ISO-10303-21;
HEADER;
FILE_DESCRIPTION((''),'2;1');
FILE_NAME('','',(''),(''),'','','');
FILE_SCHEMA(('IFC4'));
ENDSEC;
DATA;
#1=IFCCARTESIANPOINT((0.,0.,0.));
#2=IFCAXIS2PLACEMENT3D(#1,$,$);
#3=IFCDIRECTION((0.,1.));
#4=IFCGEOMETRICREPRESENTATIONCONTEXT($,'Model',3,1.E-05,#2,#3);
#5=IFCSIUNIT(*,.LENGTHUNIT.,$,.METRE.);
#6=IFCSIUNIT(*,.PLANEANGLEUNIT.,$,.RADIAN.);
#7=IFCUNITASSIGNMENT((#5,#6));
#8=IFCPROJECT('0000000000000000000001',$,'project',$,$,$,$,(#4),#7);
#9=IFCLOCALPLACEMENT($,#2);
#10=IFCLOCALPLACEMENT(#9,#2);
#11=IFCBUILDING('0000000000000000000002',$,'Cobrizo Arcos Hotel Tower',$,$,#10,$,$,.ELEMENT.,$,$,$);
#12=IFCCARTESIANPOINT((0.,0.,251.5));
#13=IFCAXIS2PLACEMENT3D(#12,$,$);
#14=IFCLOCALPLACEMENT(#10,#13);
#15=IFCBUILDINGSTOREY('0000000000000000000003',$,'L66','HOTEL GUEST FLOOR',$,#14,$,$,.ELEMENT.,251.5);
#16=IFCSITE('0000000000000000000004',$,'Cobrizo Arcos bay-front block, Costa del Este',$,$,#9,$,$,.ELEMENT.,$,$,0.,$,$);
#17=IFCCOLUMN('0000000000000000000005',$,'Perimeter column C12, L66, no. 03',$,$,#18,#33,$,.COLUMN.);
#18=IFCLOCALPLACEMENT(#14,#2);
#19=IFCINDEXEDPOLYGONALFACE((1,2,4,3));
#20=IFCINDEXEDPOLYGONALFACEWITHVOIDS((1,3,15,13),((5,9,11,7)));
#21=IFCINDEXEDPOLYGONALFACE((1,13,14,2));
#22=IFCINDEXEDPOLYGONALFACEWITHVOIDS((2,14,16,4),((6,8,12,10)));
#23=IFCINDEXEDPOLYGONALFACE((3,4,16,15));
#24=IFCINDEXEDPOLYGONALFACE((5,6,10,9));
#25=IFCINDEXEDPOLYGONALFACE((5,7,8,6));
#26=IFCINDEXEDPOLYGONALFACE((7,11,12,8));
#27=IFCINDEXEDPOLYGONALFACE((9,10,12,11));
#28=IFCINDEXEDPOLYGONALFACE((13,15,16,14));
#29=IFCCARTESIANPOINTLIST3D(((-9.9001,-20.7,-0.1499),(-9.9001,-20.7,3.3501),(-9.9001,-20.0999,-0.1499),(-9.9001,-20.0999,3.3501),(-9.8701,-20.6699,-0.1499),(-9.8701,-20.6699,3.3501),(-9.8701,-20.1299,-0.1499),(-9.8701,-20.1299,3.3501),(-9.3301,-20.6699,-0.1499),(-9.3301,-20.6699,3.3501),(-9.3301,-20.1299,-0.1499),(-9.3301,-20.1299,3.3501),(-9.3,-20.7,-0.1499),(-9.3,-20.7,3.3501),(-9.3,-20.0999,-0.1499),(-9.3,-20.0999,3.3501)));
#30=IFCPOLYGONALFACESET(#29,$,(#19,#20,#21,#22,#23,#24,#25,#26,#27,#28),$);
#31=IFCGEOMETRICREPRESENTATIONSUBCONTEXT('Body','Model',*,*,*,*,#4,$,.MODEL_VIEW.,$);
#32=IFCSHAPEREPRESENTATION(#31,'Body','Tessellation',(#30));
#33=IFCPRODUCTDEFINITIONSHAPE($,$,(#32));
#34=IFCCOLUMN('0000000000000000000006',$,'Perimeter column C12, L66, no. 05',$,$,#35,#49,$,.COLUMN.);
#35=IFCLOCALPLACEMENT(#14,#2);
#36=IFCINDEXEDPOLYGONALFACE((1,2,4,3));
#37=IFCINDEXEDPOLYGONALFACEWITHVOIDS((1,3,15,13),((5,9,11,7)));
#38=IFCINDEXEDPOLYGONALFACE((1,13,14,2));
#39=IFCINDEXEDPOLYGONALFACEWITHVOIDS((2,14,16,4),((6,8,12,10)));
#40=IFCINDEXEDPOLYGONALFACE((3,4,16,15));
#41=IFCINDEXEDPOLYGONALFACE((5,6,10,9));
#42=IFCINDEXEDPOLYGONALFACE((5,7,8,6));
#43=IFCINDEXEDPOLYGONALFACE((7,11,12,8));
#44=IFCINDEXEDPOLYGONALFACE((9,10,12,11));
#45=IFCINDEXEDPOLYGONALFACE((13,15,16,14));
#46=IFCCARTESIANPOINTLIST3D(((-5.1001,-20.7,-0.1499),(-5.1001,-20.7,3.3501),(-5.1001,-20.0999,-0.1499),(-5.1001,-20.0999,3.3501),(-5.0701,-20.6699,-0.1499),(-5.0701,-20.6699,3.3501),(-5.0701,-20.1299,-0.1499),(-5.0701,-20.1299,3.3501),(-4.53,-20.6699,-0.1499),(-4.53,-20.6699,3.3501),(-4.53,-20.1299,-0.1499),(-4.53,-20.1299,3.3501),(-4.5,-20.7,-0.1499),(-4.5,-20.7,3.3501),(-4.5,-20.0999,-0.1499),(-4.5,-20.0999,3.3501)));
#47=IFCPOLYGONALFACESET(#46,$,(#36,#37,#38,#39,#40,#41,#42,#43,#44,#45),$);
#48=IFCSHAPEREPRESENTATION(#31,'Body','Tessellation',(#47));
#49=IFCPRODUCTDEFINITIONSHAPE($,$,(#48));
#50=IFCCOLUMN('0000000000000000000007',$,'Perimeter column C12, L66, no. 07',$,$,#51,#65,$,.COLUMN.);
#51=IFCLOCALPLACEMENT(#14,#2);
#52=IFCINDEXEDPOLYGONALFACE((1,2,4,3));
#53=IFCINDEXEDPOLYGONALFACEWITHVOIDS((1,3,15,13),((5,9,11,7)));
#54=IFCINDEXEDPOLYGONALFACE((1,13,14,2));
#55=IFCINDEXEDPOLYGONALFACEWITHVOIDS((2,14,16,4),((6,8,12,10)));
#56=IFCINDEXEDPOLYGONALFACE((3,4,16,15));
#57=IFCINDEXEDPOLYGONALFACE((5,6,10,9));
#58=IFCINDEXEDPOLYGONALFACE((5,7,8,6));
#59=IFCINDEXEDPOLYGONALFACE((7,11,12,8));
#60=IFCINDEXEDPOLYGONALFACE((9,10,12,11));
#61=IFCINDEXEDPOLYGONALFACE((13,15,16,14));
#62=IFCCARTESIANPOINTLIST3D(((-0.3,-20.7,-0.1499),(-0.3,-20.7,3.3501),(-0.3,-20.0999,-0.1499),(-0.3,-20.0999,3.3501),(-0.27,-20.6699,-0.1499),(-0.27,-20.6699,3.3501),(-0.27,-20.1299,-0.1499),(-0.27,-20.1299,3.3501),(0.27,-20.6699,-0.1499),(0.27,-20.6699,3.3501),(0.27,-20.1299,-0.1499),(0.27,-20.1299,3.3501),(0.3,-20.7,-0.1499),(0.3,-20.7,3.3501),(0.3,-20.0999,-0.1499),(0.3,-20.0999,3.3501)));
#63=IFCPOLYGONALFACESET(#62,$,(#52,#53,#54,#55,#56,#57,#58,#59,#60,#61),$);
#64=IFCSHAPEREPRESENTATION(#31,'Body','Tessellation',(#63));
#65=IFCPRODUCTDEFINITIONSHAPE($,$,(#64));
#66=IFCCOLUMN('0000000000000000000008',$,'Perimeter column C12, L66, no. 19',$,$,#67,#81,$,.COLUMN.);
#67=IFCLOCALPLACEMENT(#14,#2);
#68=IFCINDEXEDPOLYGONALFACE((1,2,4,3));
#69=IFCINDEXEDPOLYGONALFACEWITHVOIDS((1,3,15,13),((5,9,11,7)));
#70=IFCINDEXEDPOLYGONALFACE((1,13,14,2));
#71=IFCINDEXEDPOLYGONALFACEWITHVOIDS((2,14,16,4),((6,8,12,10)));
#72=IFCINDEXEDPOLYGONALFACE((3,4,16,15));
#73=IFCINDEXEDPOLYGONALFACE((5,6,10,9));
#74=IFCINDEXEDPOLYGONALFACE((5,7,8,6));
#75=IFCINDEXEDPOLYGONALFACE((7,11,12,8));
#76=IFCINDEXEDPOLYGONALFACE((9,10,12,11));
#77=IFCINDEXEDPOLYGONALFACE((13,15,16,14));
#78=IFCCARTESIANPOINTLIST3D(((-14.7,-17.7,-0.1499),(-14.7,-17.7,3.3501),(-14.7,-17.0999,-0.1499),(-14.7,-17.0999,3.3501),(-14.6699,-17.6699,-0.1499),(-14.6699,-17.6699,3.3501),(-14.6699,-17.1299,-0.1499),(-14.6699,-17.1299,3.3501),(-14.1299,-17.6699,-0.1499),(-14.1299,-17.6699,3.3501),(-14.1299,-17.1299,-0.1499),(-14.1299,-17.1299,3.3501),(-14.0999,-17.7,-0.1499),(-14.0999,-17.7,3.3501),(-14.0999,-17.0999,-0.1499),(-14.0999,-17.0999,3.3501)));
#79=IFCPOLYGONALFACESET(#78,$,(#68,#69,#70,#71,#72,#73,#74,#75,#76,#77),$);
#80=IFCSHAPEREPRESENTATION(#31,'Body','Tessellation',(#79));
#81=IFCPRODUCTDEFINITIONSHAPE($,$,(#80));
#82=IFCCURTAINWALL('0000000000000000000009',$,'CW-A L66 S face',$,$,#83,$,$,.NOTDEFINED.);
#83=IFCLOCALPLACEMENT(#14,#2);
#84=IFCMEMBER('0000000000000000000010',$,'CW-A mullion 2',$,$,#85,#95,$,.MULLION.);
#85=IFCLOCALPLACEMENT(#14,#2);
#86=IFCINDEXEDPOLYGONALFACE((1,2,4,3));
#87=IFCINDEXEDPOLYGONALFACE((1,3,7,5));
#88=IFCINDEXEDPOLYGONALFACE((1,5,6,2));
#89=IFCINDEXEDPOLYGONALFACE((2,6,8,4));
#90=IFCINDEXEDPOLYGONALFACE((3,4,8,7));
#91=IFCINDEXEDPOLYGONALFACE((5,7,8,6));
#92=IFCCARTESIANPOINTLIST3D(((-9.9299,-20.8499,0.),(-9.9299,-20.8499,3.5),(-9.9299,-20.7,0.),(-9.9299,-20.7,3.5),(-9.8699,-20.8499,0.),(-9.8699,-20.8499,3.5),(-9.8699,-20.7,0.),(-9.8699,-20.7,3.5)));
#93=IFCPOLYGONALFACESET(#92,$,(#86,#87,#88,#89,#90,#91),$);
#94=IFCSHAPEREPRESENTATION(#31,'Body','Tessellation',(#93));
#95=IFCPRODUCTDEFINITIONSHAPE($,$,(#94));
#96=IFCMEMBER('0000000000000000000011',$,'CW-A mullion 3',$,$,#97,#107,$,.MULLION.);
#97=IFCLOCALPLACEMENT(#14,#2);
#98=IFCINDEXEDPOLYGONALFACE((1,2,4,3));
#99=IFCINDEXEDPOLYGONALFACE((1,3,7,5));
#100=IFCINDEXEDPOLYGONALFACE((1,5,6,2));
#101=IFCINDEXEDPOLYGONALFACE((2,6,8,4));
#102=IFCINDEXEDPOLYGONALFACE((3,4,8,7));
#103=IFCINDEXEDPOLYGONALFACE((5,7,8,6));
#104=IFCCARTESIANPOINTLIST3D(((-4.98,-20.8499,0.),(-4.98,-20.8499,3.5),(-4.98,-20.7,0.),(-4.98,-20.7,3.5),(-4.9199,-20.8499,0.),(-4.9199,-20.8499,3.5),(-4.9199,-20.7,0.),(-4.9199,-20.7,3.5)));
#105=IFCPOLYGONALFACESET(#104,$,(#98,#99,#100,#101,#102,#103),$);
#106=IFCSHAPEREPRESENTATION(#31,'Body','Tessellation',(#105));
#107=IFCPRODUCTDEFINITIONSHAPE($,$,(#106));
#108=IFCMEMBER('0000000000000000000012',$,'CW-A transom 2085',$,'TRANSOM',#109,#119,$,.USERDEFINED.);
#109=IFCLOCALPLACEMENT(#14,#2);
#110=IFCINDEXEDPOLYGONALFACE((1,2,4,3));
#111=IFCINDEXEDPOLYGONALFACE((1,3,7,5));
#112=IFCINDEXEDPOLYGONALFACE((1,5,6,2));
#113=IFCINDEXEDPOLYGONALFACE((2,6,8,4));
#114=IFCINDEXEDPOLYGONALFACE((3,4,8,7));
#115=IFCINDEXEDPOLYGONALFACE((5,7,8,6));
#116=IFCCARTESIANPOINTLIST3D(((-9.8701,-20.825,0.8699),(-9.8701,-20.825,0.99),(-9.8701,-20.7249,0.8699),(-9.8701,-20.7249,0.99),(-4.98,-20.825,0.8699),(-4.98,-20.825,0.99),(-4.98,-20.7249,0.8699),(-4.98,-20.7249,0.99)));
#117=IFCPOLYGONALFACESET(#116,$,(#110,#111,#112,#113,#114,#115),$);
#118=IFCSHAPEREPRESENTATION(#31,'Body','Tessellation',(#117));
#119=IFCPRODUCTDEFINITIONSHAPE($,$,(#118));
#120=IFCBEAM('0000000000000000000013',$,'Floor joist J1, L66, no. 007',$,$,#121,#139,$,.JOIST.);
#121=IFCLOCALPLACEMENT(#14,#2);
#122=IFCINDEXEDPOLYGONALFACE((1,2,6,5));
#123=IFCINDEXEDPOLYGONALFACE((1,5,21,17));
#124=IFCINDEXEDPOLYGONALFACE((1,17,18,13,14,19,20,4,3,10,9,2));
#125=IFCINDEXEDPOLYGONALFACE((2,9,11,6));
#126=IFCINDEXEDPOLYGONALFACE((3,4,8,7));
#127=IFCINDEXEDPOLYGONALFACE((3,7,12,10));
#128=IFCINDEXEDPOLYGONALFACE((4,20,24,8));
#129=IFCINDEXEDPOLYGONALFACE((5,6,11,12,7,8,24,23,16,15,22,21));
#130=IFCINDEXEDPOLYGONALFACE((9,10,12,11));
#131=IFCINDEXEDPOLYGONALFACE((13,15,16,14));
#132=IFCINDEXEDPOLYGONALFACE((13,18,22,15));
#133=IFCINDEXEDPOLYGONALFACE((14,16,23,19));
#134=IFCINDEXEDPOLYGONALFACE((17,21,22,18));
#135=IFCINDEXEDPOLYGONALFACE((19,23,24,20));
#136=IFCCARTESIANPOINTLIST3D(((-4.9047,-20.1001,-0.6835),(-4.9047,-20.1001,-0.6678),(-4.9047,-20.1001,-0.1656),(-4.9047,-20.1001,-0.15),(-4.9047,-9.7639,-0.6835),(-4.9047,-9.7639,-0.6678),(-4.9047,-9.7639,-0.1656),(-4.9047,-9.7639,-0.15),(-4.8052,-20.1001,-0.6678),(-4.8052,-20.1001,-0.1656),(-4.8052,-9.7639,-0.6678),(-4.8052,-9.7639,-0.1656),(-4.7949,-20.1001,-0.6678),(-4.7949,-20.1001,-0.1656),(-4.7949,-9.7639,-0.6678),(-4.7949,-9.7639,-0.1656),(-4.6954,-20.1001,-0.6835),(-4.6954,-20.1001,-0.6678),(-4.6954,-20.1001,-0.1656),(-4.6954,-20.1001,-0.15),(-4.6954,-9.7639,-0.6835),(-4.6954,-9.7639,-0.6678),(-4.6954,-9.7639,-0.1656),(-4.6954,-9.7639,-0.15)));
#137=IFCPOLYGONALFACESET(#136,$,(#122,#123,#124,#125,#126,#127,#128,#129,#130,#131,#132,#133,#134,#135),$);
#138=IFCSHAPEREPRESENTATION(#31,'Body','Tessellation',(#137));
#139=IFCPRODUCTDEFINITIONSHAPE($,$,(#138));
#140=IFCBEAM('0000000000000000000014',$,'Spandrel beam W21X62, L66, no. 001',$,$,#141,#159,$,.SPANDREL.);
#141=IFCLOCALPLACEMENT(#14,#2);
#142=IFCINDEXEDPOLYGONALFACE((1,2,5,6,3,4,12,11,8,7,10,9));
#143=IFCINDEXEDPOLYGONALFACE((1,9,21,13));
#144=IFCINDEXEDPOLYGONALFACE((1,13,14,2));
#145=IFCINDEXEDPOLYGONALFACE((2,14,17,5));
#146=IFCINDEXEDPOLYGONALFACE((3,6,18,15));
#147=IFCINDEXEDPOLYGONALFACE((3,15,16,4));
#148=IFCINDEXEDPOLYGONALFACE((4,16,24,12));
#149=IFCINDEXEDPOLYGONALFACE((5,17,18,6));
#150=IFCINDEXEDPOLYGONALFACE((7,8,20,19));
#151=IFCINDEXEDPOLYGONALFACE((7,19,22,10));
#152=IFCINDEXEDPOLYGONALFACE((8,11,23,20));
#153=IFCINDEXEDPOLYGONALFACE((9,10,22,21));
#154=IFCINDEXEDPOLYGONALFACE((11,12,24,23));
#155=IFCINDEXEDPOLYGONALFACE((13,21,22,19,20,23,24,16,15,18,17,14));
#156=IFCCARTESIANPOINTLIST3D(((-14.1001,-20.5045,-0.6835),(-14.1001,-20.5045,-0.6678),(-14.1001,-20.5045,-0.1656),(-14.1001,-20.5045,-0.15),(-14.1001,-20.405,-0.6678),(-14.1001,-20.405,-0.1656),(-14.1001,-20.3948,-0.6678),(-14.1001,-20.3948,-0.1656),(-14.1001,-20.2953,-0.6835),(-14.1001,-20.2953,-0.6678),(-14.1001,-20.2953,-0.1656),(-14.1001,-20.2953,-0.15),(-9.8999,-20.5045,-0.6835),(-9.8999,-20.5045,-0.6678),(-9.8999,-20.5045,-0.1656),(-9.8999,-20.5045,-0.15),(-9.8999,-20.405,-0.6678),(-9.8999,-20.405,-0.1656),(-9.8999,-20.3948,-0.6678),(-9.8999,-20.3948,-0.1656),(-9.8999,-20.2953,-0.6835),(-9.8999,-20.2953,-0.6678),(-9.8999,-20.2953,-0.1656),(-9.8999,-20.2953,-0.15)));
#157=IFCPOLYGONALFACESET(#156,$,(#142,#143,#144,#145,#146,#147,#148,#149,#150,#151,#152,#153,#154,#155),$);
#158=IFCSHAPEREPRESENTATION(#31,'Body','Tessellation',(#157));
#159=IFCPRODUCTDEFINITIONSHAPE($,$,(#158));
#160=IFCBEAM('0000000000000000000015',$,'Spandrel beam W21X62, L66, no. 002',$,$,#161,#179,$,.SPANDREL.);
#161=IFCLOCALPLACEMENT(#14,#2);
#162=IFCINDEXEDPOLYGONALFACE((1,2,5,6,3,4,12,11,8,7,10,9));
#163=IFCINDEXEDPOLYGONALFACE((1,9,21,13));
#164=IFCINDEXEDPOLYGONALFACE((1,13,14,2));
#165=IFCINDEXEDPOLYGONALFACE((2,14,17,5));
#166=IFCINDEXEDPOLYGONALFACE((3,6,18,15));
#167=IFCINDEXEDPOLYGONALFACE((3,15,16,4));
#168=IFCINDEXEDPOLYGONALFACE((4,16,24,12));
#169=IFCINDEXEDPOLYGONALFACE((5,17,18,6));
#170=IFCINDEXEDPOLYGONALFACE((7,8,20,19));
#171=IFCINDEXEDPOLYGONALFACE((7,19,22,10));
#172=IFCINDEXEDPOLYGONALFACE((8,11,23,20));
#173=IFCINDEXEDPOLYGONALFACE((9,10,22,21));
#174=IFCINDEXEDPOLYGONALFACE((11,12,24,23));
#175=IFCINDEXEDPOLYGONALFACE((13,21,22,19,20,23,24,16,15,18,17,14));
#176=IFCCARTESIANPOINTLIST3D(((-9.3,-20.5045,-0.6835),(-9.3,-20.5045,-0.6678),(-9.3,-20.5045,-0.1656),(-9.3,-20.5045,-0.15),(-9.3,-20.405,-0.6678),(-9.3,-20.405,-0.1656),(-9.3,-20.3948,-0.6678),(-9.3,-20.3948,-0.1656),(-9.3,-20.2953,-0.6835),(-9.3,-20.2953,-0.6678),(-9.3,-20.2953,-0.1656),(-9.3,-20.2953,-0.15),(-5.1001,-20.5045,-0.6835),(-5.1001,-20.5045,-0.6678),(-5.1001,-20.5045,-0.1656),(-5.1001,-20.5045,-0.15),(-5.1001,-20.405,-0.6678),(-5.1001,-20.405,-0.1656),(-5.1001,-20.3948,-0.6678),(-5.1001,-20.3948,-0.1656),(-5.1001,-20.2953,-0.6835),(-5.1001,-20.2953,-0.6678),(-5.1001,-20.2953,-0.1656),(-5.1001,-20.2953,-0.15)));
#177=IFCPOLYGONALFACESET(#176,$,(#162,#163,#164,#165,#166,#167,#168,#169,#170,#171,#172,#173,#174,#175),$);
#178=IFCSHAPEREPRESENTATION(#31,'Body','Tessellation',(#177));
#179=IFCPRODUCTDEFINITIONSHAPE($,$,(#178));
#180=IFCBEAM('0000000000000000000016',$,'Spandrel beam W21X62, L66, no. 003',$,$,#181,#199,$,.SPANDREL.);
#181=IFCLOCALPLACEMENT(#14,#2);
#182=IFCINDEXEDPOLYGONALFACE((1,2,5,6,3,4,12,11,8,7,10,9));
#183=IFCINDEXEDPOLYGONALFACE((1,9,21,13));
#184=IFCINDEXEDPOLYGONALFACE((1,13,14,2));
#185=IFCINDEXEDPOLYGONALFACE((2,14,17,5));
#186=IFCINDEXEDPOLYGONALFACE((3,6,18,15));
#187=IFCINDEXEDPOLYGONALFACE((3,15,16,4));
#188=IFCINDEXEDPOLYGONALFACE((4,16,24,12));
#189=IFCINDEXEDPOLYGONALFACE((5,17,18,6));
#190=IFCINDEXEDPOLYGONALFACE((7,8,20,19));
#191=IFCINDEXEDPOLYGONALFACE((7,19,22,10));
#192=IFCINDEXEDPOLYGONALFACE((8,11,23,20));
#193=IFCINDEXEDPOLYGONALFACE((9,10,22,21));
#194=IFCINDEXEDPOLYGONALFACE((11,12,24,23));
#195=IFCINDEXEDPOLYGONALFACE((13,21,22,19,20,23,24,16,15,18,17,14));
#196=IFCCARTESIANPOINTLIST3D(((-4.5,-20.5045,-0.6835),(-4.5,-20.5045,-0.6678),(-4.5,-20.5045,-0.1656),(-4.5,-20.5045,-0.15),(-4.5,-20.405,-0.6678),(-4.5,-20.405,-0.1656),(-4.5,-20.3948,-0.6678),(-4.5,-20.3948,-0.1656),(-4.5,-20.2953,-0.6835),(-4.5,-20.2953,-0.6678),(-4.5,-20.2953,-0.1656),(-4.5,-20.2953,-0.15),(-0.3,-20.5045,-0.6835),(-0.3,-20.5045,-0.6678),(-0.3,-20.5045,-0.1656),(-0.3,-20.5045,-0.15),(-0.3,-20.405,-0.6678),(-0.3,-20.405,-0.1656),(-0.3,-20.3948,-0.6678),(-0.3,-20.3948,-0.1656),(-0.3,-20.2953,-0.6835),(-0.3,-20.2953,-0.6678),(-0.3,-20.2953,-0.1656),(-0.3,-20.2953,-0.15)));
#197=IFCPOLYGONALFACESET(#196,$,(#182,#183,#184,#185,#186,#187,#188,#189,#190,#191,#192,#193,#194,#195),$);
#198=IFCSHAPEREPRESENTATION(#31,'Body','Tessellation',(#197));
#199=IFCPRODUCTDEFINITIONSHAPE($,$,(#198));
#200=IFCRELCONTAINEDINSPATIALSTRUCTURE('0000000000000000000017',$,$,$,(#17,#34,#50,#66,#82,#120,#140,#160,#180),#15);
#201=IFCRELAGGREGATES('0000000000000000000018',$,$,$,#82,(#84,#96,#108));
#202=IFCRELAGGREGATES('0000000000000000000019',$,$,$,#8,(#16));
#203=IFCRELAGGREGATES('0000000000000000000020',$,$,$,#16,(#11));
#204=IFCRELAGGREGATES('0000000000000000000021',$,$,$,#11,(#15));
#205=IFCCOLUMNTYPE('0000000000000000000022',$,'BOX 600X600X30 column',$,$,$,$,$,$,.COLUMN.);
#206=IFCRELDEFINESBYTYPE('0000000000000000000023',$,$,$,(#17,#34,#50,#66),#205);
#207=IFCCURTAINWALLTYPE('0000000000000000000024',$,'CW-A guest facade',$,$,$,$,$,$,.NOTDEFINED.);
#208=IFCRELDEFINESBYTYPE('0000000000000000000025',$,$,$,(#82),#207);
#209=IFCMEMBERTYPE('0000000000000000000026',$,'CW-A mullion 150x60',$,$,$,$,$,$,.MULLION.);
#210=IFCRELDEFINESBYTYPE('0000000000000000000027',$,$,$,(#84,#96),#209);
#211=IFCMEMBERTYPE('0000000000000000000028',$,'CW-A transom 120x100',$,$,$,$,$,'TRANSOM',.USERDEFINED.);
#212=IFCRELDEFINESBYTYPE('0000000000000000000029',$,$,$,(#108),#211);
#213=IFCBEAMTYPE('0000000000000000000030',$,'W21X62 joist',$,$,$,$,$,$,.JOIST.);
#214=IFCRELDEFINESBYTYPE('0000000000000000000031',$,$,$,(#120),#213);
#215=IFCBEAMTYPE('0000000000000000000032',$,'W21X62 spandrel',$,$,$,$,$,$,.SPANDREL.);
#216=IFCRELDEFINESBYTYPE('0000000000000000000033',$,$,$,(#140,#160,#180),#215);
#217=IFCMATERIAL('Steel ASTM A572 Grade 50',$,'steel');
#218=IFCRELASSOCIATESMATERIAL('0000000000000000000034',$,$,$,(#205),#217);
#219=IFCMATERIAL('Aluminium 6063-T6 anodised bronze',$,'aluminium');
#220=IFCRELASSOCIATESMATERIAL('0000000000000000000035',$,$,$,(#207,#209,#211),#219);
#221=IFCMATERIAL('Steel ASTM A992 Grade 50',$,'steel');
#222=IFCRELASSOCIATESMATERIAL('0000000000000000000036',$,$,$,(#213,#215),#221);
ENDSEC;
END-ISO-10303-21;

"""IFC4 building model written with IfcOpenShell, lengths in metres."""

from ifc_helpers import new_model, si_unit, direction, frame, origin, origin_2d, place, context, subcontext, project, spatial, rectangle, hollow_rectangle, i_section, extrude, material, material_profile, profile_set, type_object, element, aggregate, save


model = new_model("IFC4")

# Units and contexts
model_context = context("Model", 3, precision=1e-05, world=origin(), true_north=direction((0.0, 1.0)))
body_context = subcontext(model_context, "Body", "Model", "MODEL_VIEW")
ifc_project = project(units=[si_unit("LENGTHUNIT", "METRE"), si_unit("PLANEANGLEUNIT", "RADIAN")], contexts=[model_context])

# Site, building, storey
site_placement = place(None, origin())
site = spatial("IfcSite", under=ifc_project, at=site_placement, Name="Cobrizo Arcos bay-front block, Costa del Este", CompositionType="ELEMENT", RefElevation=0.0)
building_placement = place(site_placement, origin())
building = spatial("IfcBuilding", under=site, at=building_placement, Name="Cobrizo Arcos Hotel Tower", CompositionType="ELEMENT")
storey_placement = place(building_placement, frame((0.0, 0.0, 251.5)))
storey = spatial("IfcBuildingStorey", under=building, at=storey_placement, Name="L66", Description="HOTEL GUEST FLOOR", CompositionType="ELEMENT", Elevation=251.5)

# Columns
ifc_material_1 = material(Name="Steel ASTM A572 Grade 50", Category="steel")
ifc_material_profile_1 = material_profile(ifc_material_1, hollow_rectangle(XDim=0.6001, YDim=0.6001, WallThickness=0.03, at=origin_2d()), Name="BOX 600X600X30")
ifc_profile_set_1 = profile_set([ifc_material_profile_1], Name="Steel ASTM A572 Grade 50")
column_type = type_object("IfcColumnType", Name="BOX 600X600X30 column", PredefinedType="COLUMN", material=ifc_profile_set_1)
for number, where, z_axis, x_axis, name in (
    (1, (-9.6001, -20.3999, -0.1499), (0.0, 0.0, 1.0), (1.0, 0.0, 0.0), "Perimeter column C12, L66, no. 03"),
    (2, (-4.8, -20.3999, -0.1499), (0.0, 0.0, 1.0), (1.0, 0.0, 0.0), "Perimeter column C12, L66, no. 05"),
    (3, (0.0, -20.3999, -0.1499), (0.0, 0.0, 1.0), (1.0, 0.0, 0.0), "Perimeter column C12, L66, no. 07"),
    (4, (-14.3999, -17.3999, -0.1499), (0.0, 0.0, 1.0), (1.0, 0.0, 0.0), "Perimeter column C12, L66, no. 19"),
):
    element("IfcColumn", number, at=place(storey_placement, frame(where, z_axis=z_axis, x_axis=x_axis)), inside=storey, type_object=column_type, Name=name, PredefinedType="COLUMN", context=body_context, shape_type="SweptSolid", body=[
        extrude(hollow_rectangle(XDim=0.6001, YDim=0.6001, WallThickness=0.03, at=origin_2d()), origin(), (0.0, 0.0, 1.0), 3.5),
    ])

# Curtain wall, members
ifc_material_2 = material(Name="Aluminium 6063-T6 anodised bronze", Category="aluminium")
curtain_wall_type = type_object("IfcCurtainWallType", Name="CW-A guest facade", PredefinedType="NOTDEFINED", material=ifc_material_2)
curtain_wall_placement = place(storey_placement, origin())
curtain_wall = element("IfcCurtainWall", 5, at=curtain_wall_placement, inside=storey, type_object=curtain_wall_type, Name="CW-A L66 S face", PredefinedType="NOTDEFINED")
ifc_material_profile_2 = material_profile(ifc_material_2, rectangle(XDim=0.1499, YDim=0.0601, at=origin_2d()), Name="CW-A mullion 150x60")
ifc_profile_set_2 = profile_set([ifc_material_profile_2], Name="Aluminium 6063-T6 anodised bronze")
member_type_1 = type_object("IfcMemberType", Name="CW-A mullion 150x60", PredefinedType="MULLION", material=ifc_profile_set_2)
member_1_placement = place(storey_placement, frame((-9.8999, -20.7749, 0.0), z_axis=(0.0, 0.0, 1.0), x_axis=(0.0, -1.0, 0.0)))
member_1 = element("IfcMember", 6, at=member_1_placement, type_object=member_type_1, Name="CW-A mullion 2", PredefinedType="MULLION", context=body_context, shape_type="SweptSolid", body=[
    extrude(rectangle(XDim=0.1499, YDim=0.0601, at=origin_2d()), origin(), (0.0, 0.0, 1.0), 3.5),
])
member_2_placement = place(storey_placement, frame((-4.95, -20.7749, 0.0), z_axis=(0.0, 0.0, 1.0), x_axis=(0.0, -1.0, 0.0)))
member_2 = element("IfcMember", 7, at=member_2_placement, type_object=member_type_1, Name="CW-A mullion 3", PredefinedType="MULLION", context=body_context, shape_type="SweptSolid", body=[
    extrude(rectangle(XDim=0.1499, YDim=0.0601, at=origin_2d()), origin(), (0.0, 0.0, 1.0), 3.5),
])
ifc_material_profile_3 = material_profile(ifc_material_2, rectangle(XDim=0.1001, YDim=0.1201, at=origin_2d()), Name="CW-A transom 120x100")
ifc_profile_set_3 = profile_set([ifc_material_profile_3], Name="Aluminium 6063-T6 anodised bronze")
member_type_2 = type_object("IfcMemberType", Name="CW-A transom 120x100", ElementType="TRANSOM", PredefinedType="USERDEFINED", material=ifc_profile_set_3)
member_3_placement = place(storey_placement, frame((-9.8701, -20.7749, 0.9299), z_axis=(1.0, 0.0, 0.0), x_axis=(0.0, 1.0, 0.0)))
member_3 = element("IfcMember", 8, at=member_3_placement, type_object=member_type_2, Name="CW-A transom 2085", ObjectType="TRANSOM", PredefinedType="USERDEFINED", context=body_context, shape_type="SweptSolid", body=[
    extrude(rectangle(XDim=0.1001, YDim=0.1201, at=origin_2d()), origin(), (0.0, 0.0, 1.0), 4.8901),
])

# Beams
ifc_material_3 = material(Name="Steel ASTM A992 Grade 50", Category="steel")
ifc_material_profile_4 = material_profile(ifc_material_3, i_section(OverallWidth=0.2092, OverallDepth=0.5334, WebThickness=0.0103, FlangeThickness=0.0156, at=origin_2d()), Name="W21X62")
ifc_profile_set_4 = profile_set([ifc_material_profile_4], Name="Steel ASTM A992 Grade 50")
beam_type_1 = type_object("IfcBeamType", Name="W21X62 joist", PredefinedType="JOIST", material=ifc_profile_set_4)
beam_1_placement = place(storey_placement, frame((-4.8, -20.1001, -0.4167), z_axis=(0.0, 1.0, 0.0), x_axis=(-1.0, 0.0, 0.0)))
element("IfcBeam", 9, at=beam_1_placement, inside=storey, type_object=beam_type_1, Name="Floor joist J1, L66, no. 007", PredefinedType="JOIST", context=body_context, shape_type="SweptSolid", body=[
    extrude(i_section(OverallWidth=0.2092, OverallDepth=0.5334, WebThickness=0.0103, FlangeThickness=0.0156, at=origin_2d()), origin(), (0.0, 0.0, 1.0), 10.3362),
])
ifc_material_profile_5 = material_profile(ifc_material_3, i_section(OverallWidth=0.2092, OverallDepth=0.5334, WebThickness=0.0103, FlangeThickness=0.0156, at=origin_2d()), Name="W21X62")
ifc_profile_set_5 = profile_set([ifc_material_profile_5], Name="Steel ASTM A992 Grade 50")
beam_type_2 = type_object("IfcBeamType", Name="W21X62 spandrel", PredefinedType="SPANDREL", material=ifc_profile_set_5)
beam_2_placement = place(storey_placement, frame((-14.1001, -20.3999, -0.4167), z_axis=(1.0, 0.0, 0.0), x_axis=(0.0, 1.0, 0.0)))
element("IfcBeam", 10, at=beam_2_placement, inside=storey, type_object=beam_type_2, Name="Spandrel beam W21X62, L66, no. 001", PredefinedType="SPANDREL", context=body_context, shape_type="SweptSolid", body=[
    extrude(i_section(OverallWidth=0.2092, OverallDepth=0.5334, WebThickness=0.0103, FlangeThickness=0.0156, at=origin_2d()), origin(), (0.0, 0.0, 1.0), 4.2002),
])
for number, where, z_axis, x_axis, name in (
    (11, (-9.3, -20.3999, -0.4167), (1.0, 0.0, 0.0), (0.0, 1.0, 0.0), "Spandrel beam W21X62, L66, no. 002"),
    (12, (-4.5, -20.3999, -0.4167), (1.0, 0.0, 0.0), (0.0, 1.0, 0.0), "Spandrel beam W21X62, L66, no. 003"),
):
    element("IfcBeam", number, at=place(storey_placement, frame(where, z_axis=z_axis, x_axis=x_axis)), inside=storey, type_object=beam_type_2, Name=name, PredefinedType="SPANDREL", context=body_context, shape_type="SweptSolid", body=[
        extrude(i_section(OverallWidth=0.2092, OverallDepth=0.5334, WebThickness=0.0103, FlangeThickness=0.0156, at=origin_2d()), origin(), (0.0, 0.0, 1.0), 4.2),
    ])

aggregate(curtain_wall, [member_1, member_2, member_3])

save(model, "model.ifc")
